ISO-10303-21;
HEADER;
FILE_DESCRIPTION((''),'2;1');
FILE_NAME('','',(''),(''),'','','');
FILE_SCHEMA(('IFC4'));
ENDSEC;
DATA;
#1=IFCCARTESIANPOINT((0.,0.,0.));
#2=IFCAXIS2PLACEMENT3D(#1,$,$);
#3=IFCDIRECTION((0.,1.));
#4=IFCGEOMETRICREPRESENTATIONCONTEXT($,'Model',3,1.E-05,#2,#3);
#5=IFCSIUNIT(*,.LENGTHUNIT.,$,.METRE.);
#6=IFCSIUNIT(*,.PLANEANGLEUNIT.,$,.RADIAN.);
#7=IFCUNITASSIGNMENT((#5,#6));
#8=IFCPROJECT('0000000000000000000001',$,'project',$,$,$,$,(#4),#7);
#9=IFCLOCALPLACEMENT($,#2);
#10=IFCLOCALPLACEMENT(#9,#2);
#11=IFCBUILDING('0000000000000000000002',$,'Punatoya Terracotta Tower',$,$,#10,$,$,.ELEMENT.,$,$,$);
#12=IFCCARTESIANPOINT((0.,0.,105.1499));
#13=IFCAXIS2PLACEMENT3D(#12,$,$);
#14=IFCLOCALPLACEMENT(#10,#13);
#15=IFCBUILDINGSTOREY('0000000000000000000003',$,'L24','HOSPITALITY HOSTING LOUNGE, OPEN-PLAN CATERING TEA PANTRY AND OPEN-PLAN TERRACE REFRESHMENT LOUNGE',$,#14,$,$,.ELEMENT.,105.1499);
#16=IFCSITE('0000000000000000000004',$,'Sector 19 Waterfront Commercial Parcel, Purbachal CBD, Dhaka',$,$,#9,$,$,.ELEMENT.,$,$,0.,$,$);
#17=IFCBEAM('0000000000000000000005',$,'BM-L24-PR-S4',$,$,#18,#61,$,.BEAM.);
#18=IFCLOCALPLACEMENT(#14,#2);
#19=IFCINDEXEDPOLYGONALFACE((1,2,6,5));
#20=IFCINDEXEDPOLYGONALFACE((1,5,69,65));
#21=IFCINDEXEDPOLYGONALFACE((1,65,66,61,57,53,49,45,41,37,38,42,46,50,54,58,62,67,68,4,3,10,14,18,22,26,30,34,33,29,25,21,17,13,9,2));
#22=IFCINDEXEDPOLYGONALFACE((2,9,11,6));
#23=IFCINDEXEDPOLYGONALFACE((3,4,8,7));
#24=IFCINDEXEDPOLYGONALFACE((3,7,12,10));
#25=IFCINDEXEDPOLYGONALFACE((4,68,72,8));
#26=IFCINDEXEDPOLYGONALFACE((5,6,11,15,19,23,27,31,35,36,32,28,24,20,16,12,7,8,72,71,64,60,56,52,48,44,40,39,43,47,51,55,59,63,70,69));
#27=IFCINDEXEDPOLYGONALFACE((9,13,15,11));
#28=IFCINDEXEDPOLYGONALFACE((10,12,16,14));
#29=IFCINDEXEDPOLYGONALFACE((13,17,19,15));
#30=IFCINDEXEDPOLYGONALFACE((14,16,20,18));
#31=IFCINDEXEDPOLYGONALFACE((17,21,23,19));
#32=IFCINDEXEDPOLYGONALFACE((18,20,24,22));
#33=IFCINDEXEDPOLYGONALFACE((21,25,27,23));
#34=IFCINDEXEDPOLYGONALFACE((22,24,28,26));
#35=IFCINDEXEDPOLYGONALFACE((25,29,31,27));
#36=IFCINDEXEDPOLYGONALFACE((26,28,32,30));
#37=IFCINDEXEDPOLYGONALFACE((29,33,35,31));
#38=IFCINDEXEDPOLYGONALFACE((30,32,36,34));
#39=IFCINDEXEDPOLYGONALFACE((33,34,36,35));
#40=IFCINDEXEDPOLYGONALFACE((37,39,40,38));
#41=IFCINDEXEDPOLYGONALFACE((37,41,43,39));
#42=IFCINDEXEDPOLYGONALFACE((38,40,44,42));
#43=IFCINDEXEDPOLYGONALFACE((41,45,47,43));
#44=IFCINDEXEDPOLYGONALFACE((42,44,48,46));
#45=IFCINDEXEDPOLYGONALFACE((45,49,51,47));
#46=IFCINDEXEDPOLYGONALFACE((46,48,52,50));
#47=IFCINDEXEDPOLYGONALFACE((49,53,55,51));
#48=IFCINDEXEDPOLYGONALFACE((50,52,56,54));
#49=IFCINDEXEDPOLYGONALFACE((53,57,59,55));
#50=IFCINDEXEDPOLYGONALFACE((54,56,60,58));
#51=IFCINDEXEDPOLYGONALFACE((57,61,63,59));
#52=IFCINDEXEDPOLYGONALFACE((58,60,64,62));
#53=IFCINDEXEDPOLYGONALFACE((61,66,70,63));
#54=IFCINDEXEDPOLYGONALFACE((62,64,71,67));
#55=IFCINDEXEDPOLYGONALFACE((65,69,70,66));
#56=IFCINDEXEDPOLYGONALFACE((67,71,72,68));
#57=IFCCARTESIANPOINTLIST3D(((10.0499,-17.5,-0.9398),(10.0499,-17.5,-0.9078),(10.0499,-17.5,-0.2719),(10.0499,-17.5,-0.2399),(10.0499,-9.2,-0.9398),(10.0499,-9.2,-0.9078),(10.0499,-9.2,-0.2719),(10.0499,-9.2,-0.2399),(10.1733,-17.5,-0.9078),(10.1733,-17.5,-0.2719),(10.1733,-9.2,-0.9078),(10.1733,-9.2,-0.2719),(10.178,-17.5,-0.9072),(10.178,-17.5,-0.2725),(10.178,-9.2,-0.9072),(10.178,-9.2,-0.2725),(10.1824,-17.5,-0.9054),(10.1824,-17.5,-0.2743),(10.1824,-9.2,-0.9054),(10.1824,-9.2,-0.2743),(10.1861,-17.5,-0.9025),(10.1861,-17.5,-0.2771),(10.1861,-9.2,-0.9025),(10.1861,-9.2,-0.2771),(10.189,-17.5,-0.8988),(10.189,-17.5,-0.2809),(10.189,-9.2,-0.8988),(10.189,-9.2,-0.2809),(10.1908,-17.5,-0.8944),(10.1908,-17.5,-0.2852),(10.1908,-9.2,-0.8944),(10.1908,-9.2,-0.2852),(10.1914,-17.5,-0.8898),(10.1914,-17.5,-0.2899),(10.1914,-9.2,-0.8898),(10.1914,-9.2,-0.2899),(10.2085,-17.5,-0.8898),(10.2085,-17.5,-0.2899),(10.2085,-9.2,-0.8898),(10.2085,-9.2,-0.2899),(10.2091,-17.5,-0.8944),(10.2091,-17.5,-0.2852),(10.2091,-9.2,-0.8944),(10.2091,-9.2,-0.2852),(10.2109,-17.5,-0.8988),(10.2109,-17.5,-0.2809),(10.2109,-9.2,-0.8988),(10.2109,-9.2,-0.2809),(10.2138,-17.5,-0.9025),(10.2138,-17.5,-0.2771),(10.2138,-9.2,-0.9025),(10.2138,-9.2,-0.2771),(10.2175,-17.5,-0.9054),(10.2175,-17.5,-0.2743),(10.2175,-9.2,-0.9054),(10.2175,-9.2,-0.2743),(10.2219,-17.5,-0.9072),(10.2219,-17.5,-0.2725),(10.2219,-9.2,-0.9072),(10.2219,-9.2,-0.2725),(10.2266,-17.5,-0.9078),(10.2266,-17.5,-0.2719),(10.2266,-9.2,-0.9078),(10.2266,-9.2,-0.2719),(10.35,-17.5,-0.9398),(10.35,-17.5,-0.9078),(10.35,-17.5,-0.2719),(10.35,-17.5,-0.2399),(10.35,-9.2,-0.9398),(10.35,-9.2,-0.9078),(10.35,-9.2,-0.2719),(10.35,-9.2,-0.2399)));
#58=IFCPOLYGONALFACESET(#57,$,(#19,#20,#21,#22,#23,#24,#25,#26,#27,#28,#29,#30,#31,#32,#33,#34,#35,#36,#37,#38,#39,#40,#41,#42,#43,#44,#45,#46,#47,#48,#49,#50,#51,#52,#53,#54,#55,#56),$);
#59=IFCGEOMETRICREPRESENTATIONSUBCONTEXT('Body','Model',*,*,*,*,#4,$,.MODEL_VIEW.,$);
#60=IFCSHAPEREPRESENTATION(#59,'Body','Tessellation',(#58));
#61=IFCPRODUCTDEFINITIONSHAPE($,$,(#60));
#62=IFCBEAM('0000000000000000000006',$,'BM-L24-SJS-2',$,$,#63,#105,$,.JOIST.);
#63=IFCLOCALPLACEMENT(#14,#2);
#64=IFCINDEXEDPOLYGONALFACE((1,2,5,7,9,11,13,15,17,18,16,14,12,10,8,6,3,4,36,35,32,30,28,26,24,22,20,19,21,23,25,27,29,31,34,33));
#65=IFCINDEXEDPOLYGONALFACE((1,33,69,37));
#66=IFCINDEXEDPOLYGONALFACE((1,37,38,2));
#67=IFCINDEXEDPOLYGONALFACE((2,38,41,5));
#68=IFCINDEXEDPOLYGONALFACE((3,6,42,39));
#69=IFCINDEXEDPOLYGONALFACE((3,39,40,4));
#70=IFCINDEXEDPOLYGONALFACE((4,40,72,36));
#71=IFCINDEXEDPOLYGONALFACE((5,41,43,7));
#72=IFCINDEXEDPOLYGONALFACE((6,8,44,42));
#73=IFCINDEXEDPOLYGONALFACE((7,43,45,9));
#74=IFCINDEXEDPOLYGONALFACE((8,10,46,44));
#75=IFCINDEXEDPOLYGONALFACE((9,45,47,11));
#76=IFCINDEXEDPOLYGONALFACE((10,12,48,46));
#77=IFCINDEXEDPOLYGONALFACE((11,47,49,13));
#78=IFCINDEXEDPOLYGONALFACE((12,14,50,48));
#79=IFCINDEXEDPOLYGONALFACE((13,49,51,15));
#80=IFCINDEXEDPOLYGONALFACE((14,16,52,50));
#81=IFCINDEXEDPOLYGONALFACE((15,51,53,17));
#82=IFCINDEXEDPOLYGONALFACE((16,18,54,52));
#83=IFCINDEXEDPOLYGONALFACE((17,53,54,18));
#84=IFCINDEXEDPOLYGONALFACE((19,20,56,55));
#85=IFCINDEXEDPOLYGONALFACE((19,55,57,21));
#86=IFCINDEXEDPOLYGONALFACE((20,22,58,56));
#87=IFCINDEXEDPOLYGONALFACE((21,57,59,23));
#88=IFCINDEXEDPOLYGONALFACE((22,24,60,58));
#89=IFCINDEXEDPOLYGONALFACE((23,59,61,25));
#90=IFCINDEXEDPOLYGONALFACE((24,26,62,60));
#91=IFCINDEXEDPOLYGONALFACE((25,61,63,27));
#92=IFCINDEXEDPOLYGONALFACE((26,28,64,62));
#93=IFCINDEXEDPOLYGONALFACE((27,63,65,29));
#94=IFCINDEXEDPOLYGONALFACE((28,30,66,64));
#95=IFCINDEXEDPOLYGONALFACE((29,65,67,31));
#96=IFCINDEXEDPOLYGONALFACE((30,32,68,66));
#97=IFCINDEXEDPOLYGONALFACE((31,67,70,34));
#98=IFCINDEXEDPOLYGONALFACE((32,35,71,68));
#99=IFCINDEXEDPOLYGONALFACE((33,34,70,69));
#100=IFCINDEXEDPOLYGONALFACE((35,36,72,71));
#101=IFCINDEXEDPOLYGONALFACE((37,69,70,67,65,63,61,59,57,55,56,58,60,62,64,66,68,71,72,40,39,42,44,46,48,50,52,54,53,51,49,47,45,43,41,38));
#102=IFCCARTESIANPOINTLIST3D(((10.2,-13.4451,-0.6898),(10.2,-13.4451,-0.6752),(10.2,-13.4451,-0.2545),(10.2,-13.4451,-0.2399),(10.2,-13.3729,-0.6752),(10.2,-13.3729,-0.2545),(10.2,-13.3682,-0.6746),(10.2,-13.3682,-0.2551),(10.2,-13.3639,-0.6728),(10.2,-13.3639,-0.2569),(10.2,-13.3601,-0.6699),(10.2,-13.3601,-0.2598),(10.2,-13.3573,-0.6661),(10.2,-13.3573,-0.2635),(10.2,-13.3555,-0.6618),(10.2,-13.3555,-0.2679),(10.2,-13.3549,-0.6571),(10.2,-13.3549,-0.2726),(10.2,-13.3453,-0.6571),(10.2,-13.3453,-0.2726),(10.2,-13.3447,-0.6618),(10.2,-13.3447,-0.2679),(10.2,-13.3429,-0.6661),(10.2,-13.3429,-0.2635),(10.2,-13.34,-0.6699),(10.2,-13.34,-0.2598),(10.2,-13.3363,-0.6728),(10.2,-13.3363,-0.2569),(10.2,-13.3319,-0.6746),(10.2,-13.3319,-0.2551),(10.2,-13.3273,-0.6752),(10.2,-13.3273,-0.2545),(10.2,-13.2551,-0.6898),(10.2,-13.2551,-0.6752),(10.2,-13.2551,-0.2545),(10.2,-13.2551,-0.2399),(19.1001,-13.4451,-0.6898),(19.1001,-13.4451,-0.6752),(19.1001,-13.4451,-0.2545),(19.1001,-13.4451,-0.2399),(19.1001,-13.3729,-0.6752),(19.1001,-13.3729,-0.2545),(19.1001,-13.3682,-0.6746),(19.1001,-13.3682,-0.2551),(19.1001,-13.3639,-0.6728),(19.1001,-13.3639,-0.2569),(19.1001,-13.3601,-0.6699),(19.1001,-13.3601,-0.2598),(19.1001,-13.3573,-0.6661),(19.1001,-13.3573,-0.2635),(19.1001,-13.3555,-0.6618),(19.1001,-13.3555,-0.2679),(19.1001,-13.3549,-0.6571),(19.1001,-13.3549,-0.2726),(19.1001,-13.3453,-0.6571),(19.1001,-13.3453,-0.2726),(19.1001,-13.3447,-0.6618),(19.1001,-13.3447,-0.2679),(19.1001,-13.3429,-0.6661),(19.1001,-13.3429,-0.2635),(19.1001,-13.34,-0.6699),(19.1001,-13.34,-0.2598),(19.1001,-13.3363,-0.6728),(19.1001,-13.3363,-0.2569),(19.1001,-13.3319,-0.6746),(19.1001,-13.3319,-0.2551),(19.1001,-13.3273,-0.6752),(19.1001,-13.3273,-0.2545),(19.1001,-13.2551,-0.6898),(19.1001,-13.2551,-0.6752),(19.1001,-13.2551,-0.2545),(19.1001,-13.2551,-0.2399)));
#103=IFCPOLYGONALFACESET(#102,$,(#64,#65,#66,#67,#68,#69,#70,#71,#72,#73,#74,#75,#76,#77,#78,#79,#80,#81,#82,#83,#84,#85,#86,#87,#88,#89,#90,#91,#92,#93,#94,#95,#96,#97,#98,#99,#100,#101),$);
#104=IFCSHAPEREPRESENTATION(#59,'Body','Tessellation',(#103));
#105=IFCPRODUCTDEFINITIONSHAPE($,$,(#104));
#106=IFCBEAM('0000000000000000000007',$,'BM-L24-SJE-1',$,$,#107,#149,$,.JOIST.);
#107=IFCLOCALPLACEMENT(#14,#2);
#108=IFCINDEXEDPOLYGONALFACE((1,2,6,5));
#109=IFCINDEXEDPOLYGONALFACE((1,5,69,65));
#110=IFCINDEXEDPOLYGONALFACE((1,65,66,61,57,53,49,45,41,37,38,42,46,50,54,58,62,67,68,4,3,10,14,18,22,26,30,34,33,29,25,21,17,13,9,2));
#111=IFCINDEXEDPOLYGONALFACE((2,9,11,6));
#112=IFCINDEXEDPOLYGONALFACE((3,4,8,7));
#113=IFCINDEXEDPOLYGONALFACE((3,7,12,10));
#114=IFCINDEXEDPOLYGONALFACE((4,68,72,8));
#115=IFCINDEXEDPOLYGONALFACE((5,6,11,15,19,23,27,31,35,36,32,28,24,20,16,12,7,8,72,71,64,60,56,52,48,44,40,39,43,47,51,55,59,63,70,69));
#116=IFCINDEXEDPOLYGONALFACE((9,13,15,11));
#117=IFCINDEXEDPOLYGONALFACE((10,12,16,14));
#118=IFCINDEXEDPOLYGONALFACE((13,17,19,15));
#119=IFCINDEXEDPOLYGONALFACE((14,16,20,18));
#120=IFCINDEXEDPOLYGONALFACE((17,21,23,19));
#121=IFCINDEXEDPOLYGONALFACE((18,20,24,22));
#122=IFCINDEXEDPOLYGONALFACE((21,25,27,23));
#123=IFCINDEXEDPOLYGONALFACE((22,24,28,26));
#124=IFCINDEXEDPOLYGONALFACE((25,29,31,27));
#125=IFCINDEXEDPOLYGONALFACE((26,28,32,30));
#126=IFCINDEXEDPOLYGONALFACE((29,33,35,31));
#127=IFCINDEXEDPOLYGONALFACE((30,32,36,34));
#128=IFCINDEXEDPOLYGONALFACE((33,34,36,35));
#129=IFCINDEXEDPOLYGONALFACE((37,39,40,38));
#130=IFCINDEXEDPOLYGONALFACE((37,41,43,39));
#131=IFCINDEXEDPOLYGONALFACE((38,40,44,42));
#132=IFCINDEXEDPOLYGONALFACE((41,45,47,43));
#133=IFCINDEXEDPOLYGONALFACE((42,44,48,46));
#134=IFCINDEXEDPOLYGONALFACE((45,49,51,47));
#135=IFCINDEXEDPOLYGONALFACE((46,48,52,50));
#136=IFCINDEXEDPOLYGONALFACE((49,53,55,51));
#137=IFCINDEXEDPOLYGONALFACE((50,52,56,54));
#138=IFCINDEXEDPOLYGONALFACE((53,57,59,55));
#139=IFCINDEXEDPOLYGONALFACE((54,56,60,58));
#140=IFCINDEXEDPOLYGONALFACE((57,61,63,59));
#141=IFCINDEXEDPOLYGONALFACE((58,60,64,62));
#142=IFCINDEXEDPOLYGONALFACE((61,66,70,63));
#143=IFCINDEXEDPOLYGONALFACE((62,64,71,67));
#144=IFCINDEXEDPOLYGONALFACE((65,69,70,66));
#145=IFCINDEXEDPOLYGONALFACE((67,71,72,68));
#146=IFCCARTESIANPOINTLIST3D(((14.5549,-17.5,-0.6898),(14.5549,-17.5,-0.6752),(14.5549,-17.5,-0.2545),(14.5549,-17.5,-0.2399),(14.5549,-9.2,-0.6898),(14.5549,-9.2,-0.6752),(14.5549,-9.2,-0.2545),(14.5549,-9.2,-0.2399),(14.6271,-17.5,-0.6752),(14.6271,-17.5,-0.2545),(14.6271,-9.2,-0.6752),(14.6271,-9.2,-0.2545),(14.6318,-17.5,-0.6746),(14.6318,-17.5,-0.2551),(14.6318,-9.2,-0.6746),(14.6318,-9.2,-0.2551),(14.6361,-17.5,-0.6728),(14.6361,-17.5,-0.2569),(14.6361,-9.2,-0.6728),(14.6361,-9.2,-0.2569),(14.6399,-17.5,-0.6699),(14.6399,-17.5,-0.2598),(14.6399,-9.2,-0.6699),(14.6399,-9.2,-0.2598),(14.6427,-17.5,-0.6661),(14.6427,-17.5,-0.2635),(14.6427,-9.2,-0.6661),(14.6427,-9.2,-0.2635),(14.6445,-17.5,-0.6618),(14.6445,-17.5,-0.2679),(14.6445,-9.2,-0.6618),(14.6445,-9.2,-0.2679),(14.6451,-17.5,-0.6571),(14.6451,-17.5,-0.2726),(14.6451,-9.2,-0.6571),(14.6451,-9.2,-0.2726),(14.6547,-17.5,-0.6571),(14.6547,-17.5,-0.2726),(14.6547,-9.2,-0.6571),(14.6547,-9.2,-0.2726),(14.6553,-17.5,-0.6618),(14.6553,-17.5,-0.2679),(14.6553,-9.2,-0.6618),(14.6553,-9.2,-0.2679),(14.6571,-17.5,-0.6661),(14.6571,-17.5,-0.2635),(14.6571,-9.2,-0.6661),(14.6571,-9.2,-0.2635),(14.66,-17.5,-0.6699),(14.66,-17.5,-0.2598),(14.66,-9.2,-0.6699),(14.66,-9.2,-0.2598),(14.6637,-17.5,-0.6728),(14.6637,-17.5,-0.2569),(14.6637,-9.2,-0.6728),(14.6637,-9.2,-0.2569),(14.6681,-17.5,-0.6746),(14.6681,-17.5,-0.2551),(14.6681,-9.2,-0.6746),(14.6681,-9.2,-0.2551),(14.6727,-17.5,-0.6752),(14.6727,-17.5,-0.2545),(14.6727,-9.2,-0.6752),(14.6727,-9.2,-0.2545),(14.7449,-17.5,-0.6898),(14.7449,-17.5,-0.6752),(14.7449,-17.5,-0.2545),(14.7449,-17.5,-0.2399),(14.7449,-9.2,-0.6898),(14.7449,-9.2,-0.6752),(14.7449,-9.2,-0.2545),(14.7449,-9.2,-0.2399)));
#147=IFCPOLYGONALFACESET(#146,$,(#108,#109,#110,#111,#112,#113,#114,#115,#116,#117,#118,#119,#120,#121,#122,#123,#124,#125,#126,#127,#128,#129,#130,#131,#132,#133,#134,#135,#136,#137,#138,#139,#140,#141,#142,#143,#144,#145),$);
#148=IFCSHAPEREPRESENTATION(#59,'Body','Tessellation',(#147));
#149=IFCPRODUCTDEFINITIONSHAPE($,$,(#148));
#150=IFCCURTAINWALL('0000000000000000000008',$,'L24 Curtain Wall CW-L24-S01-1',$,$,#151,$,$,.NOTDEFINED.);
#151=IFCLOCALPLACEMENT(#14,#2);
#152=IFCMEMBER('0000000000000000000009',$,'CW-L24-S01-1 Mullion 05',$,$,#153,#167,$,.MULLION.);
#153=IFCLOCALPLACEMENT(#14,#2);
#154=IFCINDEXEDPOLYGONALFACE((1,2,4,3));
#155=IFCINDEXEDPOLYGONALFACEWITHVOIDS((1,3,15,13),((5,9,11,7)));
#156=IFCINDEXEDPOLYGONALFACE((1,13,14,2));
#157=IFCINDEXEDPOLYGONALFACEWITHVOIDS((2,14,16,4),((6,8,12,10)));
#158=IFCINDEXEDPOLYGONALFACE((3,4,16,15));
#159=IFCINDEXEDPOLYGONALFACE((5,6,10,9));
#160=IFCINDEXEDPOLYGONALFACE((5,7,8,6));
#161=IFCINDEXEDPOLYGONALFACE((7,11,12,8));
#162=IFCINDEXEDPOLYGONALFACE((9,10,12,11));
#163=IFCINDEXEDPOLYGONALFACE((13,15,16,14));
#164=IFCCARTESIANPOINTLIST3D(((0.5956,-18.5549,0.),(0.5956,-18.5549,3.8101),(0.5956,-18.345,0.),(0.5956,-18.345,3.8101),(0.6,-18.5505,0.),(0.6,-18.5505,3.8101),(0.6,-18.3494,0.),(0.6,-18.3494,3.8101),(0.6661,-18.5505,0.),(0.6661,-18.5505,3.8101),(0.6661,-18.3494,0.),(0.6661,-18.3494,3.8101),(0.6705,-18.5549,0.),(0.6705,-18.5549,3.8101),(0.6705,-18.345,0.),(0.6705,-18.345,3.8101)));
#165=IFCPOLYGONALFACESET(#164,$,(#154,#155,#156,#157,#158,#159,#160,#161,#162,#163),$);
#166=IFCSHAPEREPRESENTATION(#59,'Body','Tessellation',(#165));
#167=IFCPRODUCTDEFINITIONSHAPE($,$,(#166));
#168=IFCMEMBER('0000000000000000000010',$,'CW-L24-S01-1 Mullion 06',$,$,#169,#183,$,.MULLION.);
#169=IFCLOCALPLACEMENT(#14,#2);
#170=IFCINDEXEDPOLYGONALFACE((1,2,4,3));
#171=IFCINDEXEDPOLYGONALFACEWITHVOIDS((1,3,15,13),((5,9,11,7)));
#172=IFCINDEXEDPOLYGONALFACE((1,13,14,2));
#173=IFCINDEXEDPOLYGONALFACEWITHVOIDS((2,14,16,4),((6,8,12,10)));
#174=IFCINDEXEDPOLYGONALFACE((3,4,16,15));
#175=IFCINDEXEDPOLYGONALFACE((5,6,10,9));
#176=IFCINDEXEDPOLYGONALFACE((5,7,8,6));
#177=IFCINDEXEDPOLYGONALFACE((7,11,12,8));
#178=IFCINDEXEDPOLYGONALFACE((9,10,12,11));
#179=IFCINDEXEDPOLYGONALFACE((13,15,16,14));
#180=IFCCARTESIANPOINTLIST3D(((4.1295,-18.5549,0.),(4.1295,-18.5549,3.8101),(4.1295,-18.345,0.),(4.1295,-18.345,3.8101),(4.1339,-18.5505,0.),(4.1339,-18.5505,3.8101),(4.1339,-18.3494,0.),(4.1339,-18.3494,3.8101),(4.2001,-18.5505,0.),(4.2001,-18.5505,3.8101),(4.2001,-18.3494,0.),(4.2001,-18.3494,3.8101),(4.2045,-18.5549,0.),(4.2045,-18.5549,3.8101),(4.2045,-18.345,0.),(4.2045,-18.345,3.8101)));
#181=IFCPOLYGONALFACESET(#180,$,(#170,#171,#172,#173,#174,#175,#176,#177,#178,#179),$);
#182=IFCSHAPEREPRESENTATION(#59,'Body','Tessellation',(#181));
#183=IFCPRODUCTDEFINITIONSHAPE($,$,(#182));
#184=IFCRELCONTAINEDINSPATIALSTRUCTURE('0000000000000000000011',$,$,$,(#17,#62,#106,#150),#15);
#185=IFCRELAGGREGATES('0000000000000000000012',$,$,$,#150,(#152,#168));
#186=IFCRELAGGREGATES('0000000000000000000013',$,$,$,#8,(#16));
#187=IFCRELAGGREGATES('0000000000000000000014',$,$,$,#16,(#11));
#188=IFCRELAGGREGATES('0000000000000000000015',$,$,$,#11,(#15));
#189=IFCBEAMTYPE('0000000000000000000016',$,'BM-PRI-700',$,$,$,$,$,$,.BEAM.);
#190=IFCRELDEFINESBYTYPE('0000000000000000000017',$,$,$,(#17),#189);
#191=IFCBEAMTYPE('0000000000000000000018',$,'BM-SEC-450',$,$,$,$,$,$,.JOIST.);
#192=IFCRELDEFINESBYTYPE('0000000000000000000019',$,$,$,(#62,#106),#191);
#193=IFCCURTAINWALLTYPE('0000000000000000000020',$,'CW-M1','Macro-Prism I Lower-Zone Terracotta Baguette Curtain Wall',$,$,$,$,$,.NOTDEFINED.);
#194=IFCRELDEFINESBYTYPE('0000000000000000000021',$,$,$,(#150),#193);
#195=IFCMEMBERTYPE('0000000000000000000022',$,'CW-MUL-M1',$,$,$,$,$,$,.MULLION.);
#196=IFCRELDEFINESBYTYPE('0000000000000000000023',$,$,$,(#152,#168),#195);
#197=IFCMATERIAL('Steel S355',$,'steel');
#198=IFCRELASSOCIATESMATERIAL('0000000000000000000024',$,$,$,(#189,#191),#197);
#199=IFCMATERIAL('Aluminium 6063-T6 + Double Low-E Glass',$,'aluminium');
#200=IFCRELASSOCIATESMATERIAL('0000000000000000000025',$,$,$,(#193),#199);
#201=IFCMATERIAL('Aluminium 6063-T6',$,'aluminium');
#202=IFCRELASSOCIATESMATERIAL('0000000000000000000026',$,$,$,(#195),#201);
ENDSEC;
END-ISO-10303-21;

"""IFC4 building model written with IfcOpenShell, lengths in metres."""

from ifc_helpers import new_model, si_unit, direction, frame, origin, origin_2d, place, context, subcontext, project, spatial, hollow_rectangle, i_section, extrude, material, material_profile, profile_set, type_object, element, aggregate, save


model = new_model("IFC4")

# Units and contexts
model_context = context("Model", 3, precision=1e-05, world=origin(), true_north=direction((0.0, 1.0)))
body_context = subcontext(model_context, "Body", "Model", "MODEL_VIEW")
ifc_project = project(units=[si_unit("LENGTHUNIT", "METRE"), si_unit("PLANEANGLEUNIT", "RADIAN")], contexts=[model_context])

# Site, building, storey
site_placement = place(None, origin())
site = spatial("IfcSite", under=ifc_project, at=site_placement, Name="Sector 19 Waterfront Commercial Parcel, Purbachal CBD, Dhaka", CompositionType="ELEMENT", RefElevation=0.0)
building_placement = place(site_placement, origin())
building = spatial("IfcBuilding", under=site, at=building_placement, Name="Punatoya Terracotta Tower", CompositionType="ELEMENT")
storey_placement = place(building_placement, frame((0.0, 0.0, 105.1499)))
storey = spatial("IfcBuildingStorey", under=building, at=storey_placement, Name="L24", Description="HOSPITALITY HOSTING LOUNGE, OPEN-PLAN CATERING TEA PANTRY AND OPEN-PLAN TERRACE REFRESHMENT LOUNGE", CompositionType="ELEMENT", Elevation=105.1499)

# Beams
ifc_material_1 = material(Name="Steel S355", Category="steel")
ifc_material_profile_1 = material_profile(ifc_material_1, i_section(OverallWidth=0.3, OverallDepth=0.7, WebThickness=0.0171, FlangeThickness=0.032, FilletRadius=0.0181, at=origin_2d()))
ifc_profile_set_1 = profile_set([ifc_material_profile_1], Name="Steel S355")
beam_type_1 = type_object("IfcBeamType", Name="BM-PRI-700", PredefinedType="BEAM", material=ifc_profile_set_1)
for number, where, z_axis, x_axis, name in (
    (1, (10.2, -17.5, -0.5898), (0.0, 1.0, 0.0), (-1.0, 0.0, 0.0), "BM-L24-PR-S4"),
):
    element("IfcBeam", number, at=place(storey_placement, frame(where, z_axis=z_axis, x_axis=x_axis)), inside=storey, type_object=beam_type_1, Name=name, PredefinedType="BEAM", context=body_context, shape_type="SweptSolid", body=[
        extrude(i_section(OverallWidth=0.3, OverallDepth=0.7, WebThickness=0.0171, FlangeThickness=0.032, FilletRadius=0.0181, at=origin_2d()), origin(), (0.0, 0.0, 1.0), 8.3),
    ])
ifc_material_profile_2 = material_profile(ifc_material_1, i_section(OverallWidth=0.1899, OverallDepth=0.45, WebThickness=0.0095, FlangeThickness=0.0146, FilletRadius=0.0181, at=origin_2d()))
ifc_profile_set_2 = profile_set([ifc_material_profile_2], Name="Steel S355")
beam_type_2 = type_object("IfcBeamType", Name="BM-SEC-450", PredefinedType="JOIST", material=ifc_profile_set_2)
beam_1_placement = place(storey_placement, frame((10.2, -13.3501, -0.4648), z_axis=(1.0, 0.0, 0.0), x_axis=(0.0, 1.0, 0.0)))
element("IfcBeam", 2, at=beam_1_placement, inside=storey, type_object=beam_type_2, Name="BM-L24-SJS-2", PredefinedType="JOIST", context=body_context, shape_type="SweptSolid", body=[
    extrude(i_section(OverallWidth=0.1899, OverallDepth=0.45, WebThickness=0.0095, FlangeThickness=0.0146, FilletRadius=0.0181, at=origin_2d()), origin(), (0.0, 0.0, 1.0), 8.9001),
])
beam_2_placement = place(storey_placement, frame((14.6499, -17.5, -0.4648), z_axis=(0.0, 1.0, 0.0), x_axis=(-1.0, 0.0, 0.0)))
element("IfcBeam", 3, at=beam_2_placement, inside=storey, type_object=beam_type_2, Name="BM-L24-SJE-1", PredefinedType="JOIST", context=body_context, shape_type="SweptSolid", body=[
    extrude(i_section(OverallWidth=0.1899, OverallDepth=0.45, WebThickness=0.0095, FlangeThickness=0.0146, FilletRadius=0.0181, at=origin_2d()), origin(), (0.0, 0.0, 1.0), 8.3),
])

# Curtain wall, members
ifc_material_2 = material(Name="Aluminium 6063-T6 + Double Low-E Glass", Category="aluminium")
curtain_wall_type = type_object("IfcCurtainWallType", Name="CW-M1", Description="Macro-Prism I Lower-Zone Terracotta Baguette Curtain Wall", PredefinedType="NOTDEFINED", material=ifc_material_2)
curtain_wall_placement = place(storey_placement, origin())
curtain_wall = element("IfcCurtainWall", 4, at=curtain_wall_placement, inside=storey, type_object=curtain_wall_type, Name="L24 Curtain Wall CW-L24-S01-1", PredefinedType="NOTDEFINED")
ifc_material_3 = material(Name="Aluminium 6063-T6", Category="aluminium")
ifc_material_profile_3 = material_profile(ifc_material_3, hollow_rectangle(XDim=0.075, YDim=0.21, WallThickness=0.0044, at=origin_2d()))
ifc_profile_set_3 = profile_set([ifc_material_profile_3], Name="Aluminium 6063-T6")
member_type = type_object("IfcMemberType", Name="CW-MUL-M1", PredefinedType="MULLION", material=ifc_profile_set_3)
member_1_placement = place(storey_placement, frame((0.6331, -18.45, 0.0), z_axis=(0.0, 0.0, 1.0), x_axis=(1.0, 0.0, 0.0)))
member_1 = element("IfcMember", 5, at=member_1_placement, type_object=member_type, Name="CW-L24-S01-1 Mullion 05", PredefinedType="MULLION", context=body_context, shape_type="SweptSolid", body=[
    extrude(hollow_rectangle(XDim=0.075, YDim=0.21, WallThickness=0.0044, at=origin_2d()), origin(), (0.0, 0.0, 1.0), 3.8101),
])
member_2_placement = place(storey_placement, frame((4.167, -18.45, 0.0), z_axis=(0.0, 0.0, 1.0), x_axis=(1.0, 0.0, 0.0)))
member_2 = element("IfcMember", 6, at=member_2_placement, type_object=member_type, Name="CW-L24-S01-1 Mullion 06", PredefinedType="MULLION", context=body_context, shape_type="SweptSolid", body=[
    extrude(hollow_rectangle(XDim=0.075, YDim=0.21, WallThickness=0.0044, at=origin_2d()), origin(), (0.0, 0.0, 1.0), 3.8101),
])
aggregate(curtain_wall, [member_1, member_2])

save(model, "model.ifc")
